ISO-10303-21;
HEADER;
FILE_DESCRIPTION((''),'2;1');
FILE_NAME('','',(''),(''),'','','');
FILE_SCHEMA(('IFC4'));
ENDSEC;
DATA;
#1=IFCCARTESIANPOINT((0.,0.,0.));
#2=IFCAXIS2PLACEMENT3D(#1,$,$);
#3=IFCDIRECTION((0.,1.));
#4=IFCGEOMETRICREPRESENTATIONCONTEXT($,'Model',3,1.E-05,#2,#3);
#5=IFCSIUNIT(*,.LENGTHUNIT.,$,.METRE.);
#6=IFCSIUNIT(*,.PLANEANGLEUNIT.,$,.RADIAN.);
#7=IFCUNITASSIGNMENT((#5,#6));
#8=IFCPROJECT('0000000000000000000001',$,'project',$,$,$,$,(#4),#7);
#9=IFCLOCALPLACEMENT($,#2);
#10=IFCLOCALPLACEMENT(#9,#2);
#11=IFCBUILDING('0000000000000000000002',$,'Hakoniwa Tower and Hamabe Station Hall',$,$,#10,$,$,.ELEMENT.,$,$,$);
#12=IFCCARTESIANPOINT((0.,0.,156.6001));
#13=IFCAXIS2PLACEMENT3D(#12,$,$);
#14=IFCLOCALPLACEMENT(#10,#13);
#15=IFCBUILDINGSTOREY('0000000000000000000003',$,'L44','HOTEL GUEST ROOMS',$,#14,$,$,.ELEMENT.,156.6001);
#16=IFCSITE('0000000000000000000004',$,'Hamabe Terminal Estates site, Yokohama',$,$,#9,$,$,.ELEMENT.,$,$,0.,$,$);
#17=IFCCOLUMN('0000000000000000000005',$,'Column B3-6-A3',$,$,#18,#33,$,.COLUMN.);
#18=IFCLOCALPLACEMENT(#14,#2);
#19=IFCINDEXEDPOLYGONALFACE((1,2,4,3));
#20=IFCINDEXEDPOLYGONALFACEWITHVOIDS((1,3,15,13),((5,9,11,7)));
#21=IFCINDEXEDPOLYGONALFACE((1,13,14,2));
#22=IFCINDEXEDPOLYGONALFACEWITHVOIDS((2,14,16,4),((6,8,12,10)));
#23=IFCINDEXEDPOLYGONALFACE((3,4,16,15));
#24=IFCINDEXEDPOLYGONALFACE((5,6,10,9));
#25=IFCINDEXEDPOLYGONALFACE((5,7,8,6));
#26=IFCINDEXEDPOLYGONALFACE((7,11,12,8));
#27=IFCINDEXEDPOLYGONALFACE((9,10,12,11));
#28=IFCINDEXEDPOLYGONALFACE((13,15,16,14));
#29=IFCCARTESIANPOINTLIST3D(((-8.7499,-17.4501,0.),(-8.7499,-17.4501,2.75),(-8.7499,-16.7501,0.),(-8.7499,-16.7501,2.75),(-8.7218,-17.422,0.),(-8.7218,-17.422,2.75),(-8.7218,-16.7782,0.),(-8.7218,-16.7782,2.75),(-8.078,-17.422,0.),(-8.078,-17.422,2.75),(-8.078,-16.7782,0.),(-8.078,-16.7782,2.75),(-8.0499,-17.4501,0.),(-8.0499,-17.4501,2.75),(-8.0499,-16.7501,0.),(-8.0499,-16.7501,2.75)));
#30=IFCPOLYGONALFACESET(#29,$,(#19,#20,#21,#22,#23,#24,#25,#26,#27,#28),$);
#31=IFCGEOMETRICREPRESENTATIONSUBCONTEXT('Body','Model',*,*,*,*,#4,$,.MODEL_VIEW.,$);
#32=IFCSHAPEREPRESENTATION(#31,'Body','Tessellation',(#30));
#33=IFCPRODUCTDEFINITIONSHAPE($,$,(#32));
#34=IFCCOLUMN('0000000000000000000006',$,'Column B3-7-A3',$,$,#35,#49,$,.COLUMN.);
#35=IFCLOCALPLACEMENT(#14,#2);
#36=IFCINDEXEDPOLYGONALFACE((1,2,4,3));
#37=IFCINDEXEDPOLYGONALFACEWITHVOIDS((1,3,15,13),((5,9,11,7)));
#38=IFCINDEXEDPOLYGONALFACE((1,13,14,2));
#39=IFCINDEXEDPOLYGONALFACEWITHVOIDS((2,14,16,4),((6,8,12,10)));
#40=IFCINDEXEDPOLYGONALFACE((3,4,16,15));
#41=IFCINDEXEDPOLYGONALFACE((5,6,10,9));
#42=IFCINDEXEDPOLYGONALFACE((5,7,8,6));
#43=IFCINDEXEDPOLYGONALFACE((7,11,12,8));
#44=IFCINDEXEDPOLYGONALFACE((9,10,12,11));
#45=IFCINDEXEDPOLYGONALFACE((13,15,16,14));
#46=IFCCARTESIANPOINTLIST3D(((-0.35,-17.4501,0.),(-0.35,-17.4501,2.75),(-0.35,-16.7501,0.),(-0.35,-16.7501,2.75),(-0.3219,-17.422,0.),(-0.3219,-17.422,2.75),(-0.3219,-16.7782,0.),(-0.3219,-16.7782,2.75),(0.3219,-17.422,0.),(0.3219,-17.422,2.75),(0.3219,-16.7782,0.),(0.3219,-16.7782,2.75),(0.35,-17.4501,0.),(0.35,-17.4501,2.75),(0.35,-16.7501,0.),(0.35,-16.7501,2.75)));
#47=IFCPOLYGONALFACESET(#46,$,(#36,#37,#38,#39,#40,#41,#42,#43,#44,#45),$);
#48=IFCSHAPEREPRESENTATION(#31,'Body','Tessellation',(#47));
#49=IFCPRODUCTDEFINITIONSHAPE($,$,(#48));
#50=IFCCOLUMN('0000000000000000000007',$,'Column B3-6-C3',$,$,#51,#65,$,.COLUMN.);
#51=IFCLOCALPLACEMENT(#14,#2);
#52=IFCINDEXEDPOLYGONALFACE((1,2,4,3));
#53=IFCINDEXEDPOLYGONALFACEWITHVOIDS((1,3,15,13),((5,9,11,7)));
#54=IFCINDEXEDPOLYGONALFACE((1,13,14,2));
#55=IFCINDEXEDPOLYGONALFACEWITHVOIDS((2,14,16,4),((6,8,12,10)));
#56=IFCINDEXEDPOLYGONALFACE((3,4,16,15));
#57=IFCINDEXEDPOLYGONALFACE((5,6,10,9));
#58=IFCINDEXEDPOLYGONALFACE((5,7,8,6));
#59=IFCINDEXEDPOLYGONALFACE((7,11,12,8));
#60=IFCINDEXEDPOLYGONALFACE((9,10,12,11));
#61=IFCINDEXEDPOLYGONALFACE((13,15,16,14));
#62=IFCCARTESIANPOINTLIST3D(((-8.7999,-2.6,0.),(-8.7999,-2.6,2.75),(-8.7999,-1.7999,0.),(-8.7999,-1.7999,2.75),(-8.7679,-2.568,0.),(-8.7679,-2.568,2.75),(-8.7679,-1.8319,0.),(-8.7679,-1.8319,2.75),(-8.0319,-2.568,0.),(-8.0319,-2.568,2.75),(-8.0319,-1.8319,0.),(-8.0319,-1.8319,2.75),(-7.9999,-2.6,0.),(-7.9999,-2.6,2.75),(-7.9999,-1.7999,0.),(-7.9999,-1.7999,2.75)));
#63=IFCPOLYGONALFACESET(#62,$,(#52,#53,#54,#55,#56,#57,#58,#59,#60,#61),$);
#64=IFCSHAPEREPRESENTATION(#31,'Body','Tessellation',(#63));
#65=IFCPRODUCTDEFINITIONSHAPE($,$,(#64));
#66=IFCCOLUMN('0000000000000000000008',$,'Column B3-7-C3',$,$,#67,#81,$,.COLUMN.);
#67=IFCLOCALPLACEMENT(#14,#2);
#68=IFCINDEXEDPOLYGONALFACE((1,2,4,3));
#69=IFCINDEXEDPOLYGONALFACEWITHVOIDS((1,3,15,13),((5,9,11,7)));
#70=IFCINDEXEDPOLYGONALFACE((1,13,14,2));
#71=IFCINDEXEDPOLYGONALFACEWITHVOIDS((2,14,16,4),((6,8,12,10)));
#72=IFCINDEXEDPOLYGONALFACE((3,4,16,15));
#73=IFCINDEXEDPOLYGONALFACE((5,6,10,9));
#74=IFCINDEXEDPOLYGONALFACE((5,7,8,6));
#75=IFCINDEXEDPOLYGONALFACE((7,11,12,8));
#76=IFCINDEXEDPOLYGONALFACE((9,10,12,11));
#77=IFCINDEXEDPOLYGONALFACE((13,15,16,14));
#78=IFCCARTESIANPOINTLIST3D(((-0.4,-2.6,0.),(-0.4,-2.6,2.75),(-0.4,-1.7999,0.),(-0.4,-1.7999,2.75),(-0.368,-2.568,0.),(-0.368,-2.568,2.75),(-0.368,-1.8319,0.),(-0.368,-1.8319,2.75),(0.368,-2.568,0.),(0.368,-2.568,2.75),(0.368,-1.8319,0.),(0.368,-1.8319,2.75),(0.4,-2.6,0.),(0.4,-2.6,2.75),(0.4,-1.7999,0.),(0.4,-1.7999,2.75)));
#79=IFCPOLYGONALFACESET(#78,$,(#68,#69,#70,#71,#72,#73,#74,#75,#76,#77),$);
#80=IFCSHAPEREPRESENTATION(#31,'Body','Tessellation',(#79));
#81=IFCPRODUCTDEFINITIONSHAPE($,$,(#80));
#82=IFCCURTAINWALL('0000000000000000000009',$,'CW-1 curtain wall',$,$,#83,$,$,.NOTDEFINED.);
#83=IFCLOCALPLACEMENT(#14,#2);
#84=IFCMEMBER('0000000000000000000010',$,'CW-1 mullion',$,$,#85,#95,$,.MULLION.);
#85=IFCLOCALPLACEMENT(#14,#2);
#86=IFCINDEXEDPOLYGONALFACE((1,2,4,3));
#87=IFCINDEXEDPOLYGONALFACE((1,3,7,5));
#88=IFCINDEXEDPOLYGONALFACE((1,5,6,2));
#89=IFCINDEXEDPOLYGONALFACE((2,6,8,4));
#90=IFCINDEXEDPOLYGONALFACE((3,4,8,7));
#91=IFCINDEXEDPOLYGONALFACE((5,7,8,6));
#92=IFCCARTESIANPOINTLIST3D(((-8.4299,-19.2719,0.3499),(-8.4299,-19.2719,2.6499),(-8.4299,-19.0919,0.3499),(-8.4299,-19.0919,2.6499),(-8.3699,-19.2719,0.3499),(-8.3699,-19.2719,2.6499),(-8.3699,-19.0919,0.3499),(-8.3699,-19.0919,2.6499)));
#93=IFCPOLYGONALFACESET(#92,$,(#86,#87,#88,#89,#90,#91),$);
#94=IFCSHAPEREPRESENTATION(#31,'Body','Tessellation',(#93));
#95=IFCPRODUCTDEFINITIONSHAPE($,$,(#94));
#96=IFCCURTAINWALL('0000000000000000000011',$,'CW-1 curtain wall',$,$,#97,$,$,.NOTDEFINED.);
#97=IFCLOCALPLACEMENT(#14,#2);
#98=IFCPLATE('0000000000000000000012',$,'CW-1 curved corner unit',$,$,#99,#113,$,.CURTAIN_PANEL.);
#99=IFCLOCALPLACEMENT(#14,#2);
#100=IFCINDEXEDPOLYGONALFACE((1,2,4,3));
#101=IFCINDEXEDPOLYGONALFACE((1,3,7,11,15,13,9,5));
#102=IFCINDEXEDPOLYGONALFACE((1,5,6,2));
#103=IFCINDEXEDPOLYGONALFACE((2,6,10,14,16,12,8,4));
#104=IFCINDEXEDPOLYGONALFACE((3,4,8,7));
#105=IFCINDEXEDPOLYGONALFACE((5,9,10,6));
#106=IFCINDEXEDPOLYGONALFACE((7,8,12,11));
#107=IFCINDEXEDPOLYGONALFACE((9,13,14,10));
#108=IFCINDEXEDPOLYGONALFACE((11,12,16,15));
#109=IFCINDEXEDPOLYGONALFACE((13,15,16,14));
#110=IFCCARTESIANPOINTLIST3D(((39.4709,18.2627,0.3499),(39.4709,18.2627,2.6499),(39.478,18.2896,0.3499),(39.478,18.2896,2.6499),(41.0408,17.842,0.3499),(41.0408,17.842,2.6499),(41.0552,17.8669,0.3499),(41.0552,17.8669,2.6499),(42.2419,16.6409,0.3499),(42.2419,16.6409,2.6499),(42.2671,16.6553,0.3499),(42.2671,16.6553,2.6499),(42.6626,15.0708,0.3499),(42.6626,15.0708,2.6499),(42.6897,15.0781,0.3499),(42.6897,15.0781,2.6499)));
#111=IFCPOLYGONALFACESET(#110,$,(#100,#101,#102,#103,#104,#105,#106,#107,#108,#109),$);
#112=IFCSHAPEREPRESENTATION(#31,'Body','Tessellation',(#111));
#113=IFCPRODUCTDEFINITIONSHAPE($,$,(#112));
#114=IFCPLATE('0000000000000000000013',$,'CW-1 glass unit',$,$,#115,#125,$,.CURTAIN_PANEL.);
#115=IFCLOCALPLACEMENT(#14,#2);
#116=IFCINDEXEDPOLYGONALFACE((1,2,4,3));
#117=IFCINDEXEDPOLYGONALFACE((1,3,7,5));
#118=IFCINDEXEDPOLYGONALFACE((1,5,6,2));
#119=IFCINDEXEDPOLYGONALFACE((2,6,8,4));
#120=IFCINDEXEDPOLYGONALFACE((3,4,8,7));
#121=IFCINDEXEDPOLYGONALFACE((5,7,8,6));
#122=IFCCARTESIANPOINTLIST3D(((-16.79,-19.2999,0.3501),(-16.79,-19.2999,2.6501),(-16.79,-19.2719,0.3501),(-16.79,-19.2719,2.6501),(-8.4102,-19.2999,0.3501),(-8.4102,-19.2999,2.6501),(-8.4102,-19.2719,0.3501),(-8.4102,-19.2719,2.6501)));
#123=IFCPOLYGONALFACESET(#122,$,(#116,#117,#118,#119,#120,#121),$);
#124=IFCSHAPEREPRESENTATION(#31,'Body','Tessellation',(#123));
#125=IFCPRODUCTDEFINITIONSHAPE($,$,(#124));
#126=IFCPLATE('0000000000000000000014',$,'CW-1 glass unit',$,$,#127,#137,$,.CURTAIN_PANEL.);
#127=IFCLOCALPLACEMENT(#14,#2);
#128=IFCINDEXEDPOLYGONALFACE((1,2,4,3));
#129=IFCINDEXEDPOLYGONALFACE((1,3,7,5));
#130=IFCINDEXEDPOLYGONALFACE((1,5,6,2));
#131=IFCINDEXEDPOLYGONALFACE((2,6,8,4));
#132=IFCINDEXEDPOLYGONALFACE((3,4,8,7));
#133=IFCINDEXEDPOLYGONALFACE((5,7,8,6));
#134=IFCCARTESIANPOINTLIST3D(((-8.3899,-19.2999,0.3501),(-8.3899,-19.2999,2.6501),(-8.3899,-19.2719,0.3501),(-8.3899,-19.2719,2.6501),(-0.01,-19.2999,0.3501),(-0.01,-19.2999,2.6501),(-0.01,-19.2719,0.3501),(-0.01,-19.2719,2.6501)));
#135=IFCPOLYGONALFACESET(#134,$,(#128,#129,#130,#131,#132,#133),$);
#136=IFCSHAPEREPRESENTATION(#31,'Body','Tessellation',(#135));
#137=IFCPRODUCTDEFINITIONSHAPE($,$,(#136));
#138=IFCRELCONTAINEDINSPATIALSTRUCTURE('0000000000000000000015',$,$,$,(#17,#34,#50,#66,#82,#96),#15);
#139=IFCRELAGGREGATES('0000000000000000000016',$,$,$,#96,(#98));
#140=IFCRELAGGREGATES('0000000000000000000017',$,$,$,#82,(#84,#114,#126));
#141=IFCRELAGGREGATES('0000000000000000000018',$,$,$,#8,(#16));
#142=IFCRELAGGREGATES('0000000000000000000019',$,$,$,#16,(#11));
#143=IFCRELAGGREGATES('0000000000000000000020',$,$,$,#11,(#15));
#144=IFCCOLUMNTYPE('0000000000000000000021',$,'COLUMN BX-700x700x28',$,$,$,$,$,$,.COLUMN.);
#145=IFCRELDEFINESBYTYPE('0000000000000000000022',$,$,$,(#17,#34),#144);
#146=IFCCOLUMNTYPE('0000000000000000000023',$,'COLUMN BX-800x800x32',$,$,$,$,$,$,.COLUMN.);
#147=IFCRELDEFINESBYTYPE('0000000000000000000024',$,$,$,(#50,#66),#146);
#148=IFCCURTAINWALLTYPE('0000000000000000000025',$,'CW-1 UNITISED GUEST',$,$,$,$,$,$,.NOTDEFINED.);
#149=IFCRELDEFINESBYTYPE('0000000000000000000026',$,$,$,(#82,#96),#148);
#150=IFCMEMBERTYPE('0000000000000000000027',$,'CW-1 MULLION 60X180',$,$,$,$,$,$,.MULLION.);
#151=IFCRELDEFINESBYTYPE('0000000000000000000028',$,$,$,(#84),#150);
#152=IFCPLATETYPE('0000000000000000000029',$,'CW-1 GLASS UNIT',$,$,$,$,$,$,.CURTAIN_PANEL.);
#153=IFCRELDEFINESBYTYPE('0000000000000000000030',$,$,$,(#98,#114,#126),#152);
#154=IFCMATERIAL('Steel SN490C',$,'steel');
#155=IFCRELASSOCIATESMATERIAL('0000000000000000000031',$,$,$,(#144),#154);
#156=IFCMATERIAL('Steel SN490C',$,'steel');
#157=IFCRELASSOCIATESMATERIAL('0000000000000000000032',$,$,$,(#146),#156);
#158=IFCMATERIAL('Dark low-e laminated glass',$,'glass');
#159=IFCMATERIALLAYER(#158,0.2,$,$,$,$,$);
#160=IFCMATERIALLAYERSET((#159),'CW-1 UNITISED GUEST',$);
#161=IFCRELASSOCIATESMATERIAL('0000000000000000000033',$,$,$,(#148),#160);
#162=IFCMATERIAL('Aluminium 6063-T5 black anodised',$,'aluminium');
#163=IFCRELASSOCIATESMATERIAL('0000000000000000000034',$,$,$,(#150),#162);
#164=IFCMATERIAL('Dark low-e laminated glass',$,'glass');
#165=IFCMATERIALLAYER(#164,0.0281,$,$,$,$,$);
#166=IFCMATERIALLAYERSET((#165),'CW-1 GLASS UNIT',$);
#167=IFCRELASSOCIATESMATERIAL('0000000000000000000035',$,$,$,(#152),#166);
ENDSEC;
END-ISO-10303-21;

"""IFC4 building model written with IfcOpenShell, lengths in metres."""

from ifc_helpers import new_model, si_unit, direction, frame, origin, origin_2d, place, context, subcontext, project, spatial, polyline, rectangle, hollow_rectangle, outline, extrude, material, layer, layer_set, material_profile, profile_set, type_object, element, aggregate, save


model = new_model("IFC4")

# Units and contexts
model_context = context("Model", 3, precision=1e-05, world=origin(), true_north=direction((0.0, 1.0)))
body_context = subcontext(model_context, "Body", "Model", "MODEL_VIEW")
ifc_project = project(units=[si_unit("LENGTHUNIT", "METRE"), si_unit("PLANEANGLEUNIT", "RADIAN")], contexts=[model_context])

# Site, building, storey
site_placement = place(None, origin())
site = spatial("IfcSite", under=ifc_project, at=site_placement, Name="Hamabe Terminal Estates site, Yokohama", CompositionType="ELEMENT", RefElevation=0.0)
building_placement = place(site_placement, origin())
building = spatial("IfcBuilding", under=site, at=building_placement, Name="Hakoniwa Tower and Hamabe Station Hall", CompositionType="ELEMENT")
storey_placement = place(building_placement, frame((0.0, 0.0, 156.6001)))
storey = spatial("IfcBuildingStorey", under=building, at=storey_placement, Name="L44", Description="HOTEL GUEST ROOMS", CompositionType="ELEMENT", Elevation=156.6001)

# Columns
ifc_material_1 = material(Name="Steel SN490C", Category="steel")
ifc_material_profile_1 = material_profile(ifc_material_1, hollow_rectangle(XDim=0.7, YDim=0.7, WallThickness=0.0281, at=origin_2d()), Name="BX-700x700x28")
ifc_profile_set_1 = profile_set([ifc_material_profile_1], Name="Steel SN490C")
column_type_1 = type_object("IfcColumnType", Name="COLUMN BX-700x700x28", PredefinedType="COLUMN", material=ifc_profile_set_1)
for number, where, z_axis, x_axis, name in (
    (1, (-8.3999, -17.1001, 0.0), (0.0, 0.0, 1.0), (1.0, 0.0, 0.0), "Column B3-6-A3"),
    (2, (0.0, -17.1001, 0.0), (0.0, 0.0, 1.0), (1.0, 0.0, 0.0), "Column B3-7-A3"),
):
    element("IfcColumn", number, at=place(storey_placement, frame(where, z_axis=z_axis, x_axis=x_axis)), inside=storey, type_object=column_type_1, Name=name, PredefinedType="COLUMN", context=body_context, shape_type="SweptSolid", body=[
        extrude(hollow_rectangle(XDim=0.7, YDim=0.7, WallThickness=0.0281, at=origin_2d()), origin(), (0.0, 0.0, 1.0), 2.75),
    ])
ifc_material_2 = material(Name="Steel SN490C", Category="steel")
ifc_material_profile_2 = material_profile(ifc_material_2, hollow_rectangle(XDim=0.8, YDim=0.8, WallThickness=0.032, at=origin_2d()), Name="BX-800x800x32")
ifc_profile_set_2 = profile_set([ifc_material_profile_2], Name="Steel SN490C")
column_type_2 = type_object("IfcColumnType", Name="COLUMN BX-800x800x32", PredefinedType="COLUMN", material=ifc_profile_set_2)
for number, where, z_axis, x_axis, name in (
    (3, (-8.3999, -2.2, 0.0), (0.0, 0.0, 1.0), (1.0, 0.0, 0.0), "Column B3-6-C3"),
    (4, (0.0, -2.2, 0.0), (0.0, 0.0, 1.0), (1.0, 0.0, 0.0), "Column B3-7-C3"),
):
    element("IfcColumn", number, at=place(storey_placement, frame(where, z_axis=z_axis, x_axis=x_axis)), inside=storey, type_object=column_type_2, Name=name, PredefinedType="COLUMN", context=body_context, shape_type="SweptSolid", body=[
        extrude(hollow_rectangle(XDim=0.8, YDim=0.8, WallThickness=0.032, at=origin_2d()), origin(), (0.0, 0.0, 1.0), 2.75),
    ])

# Curtain wall, member
ifc_material_3 = material(Name="Dark low-e laminated glass", Category="glass")
ifc_layer_1 = layer(ifc_material_3, 0.2)
ifc_layer_set_1 = layer_set([ifc_layer_1], Name="CW-1 UNITISED GUEST")
curtain_wall_type = type_object("IfcCurtainWallType", Name="CW-1 UNITISED GUEST", PredefinedType="NOTDEFINED", material=ifc_layer_set_1)
curtain_wall_1_placement = place(storey_placement, origin())
curtain_wall_1 = element("IfcCurtainWall", 5, at=curtain_wall_1_placement, inside=storey, type_object=curtain_wall_type, Name="CW-1 curtain wall", PredefinedType="NOTDEFINED")
ifc_material_4 = material(Name="Aluminium 6063-T5 black anodised", Category="aluminium")
ifc_material_profile_3 = material_profile(ifc_material_4, rectangle(XDim=0.0601, YDim=0.1799, at=origin_2d()), Name="CW-1 MULLION 60X180")
ifc_profile_set_3 = profile_set([ifc_material_profile_3], Name="Aluminium 6063-T5 black anodised")
member_type = type_object("IfcMemberType", Name="CW-1 MULLION 60X180", PredefinedType="MULLION", material=ifc_profile_set_3)
member_placement = place(storey_placement, frame((-8.3999, -19.1819, 0.3499), z_axis=(0.0, 0.0, 1.0), x_axis=(1.0, 0.0, 0.0)))
member = element("IfcMember", 6, at=member_placement, type_object=member_type, Name="CW-1 mullion", PredefinedType="MULLION", context=body_context, shape_type="SweptSolid", body=[
    extrude(rectangle(XDim=0.0601, YDim=0.1799, at=origin_2d()), origin(), (0.0, 0.0, 1.0), 2.3),
])

# Curtain wall, plate
curtain_wall_2_placement = place(storey_placement, origin())
curtain_wall_2 = element("IfcCurtainWall", 7, at=curtain_wall_2_placement, inside=storey, type_object=curtain_wall_type, Name="CW-1 curtain wall", PredefinedType="NOTDEFINED")
ifc_material_5 = material(Name="Dark low-e laminated glass", Category="glass")
ifc_layer_2 = layer(ifc_material_5, 0.0281)
ifc_layer_set_2 = layer_set([ifc_layer_2], Name="CW-1 GLASS UNIT")
plate_type = type_object("IfcPlateType", Name="CW-1 GLASS UNIT", PredefinedType="CURTAIN_PANEL", material=ifc_layer_set_2)
plate_1_placement = place(storey_placement, frame((0.0, 0.0, 0.3499)))
plate_1 = element("IfcPlate", 8, at=plate_1_placement, type_object=plate_type, Name="CW-1 curved corner unit", PredefinedType="CURTAIN_PANEL", context=body_context, shape_type="SweptSolid", body=[
    extrude(outline(polyline([(42.6897, 15.0781), (42.2671, 16.6553), (41.0552, 17.8669), (39.478, 18.2896), (39.4709, 18.2627), (41.0408, 17.842), (42.2419, 16.6409), (42.6626, 15.0708), (42.6897, 15.0781)])), origin(), (0.0, 0.0, 1.0), 2.3),
])
aggregate(curtain_wall_2, [plate_1])

# Plates
plate_2_placement = place(storey_placement, frame((-12.6001, -19.2859, 0.3501), z_axis=(0.0, 0.0, 1.0), x_axis=(1.0, 0.0, 0.0)))
plate_2 = element("IfcPlate", 9, at=plate_2_placement, type_object=plate_type, Name="CW-1 glass unit", PredefinedType="CURTAIN_PANEL", context=body_context, shape_type="SweptSolid", body=[
    extrude(rectangle(XDim=8.3799, YDim=0.0281, at=origin_2d()), origin(), (0.0, 0.0, 1.0), 2.3),
])
plate_3_placement = place(storey_placement, frame((-4.2, -19.2859, 0.3501), z_axis=(0.0, 0.0, 1.0), x_axis=(1.0, 0.0, 0.0)))
plate_3 = element("IfcPlate", 10, at=plate_3_placement, type_object=plate_type, Name="CW-1 glass unit", PredefinedType="CURTAIN_PANEL", context=body_context, shape_type="SweptSolid", body=[
    extrude(rectangle(XDim=8.3799, YDim=0.0281, at=origin_2d()), origin(), (0.0, 0.0, 1.0), 2.3),
])
aggregate(curtain_wall_1, [member, plate_2, plate_3])

save(model, "model.ifc")
